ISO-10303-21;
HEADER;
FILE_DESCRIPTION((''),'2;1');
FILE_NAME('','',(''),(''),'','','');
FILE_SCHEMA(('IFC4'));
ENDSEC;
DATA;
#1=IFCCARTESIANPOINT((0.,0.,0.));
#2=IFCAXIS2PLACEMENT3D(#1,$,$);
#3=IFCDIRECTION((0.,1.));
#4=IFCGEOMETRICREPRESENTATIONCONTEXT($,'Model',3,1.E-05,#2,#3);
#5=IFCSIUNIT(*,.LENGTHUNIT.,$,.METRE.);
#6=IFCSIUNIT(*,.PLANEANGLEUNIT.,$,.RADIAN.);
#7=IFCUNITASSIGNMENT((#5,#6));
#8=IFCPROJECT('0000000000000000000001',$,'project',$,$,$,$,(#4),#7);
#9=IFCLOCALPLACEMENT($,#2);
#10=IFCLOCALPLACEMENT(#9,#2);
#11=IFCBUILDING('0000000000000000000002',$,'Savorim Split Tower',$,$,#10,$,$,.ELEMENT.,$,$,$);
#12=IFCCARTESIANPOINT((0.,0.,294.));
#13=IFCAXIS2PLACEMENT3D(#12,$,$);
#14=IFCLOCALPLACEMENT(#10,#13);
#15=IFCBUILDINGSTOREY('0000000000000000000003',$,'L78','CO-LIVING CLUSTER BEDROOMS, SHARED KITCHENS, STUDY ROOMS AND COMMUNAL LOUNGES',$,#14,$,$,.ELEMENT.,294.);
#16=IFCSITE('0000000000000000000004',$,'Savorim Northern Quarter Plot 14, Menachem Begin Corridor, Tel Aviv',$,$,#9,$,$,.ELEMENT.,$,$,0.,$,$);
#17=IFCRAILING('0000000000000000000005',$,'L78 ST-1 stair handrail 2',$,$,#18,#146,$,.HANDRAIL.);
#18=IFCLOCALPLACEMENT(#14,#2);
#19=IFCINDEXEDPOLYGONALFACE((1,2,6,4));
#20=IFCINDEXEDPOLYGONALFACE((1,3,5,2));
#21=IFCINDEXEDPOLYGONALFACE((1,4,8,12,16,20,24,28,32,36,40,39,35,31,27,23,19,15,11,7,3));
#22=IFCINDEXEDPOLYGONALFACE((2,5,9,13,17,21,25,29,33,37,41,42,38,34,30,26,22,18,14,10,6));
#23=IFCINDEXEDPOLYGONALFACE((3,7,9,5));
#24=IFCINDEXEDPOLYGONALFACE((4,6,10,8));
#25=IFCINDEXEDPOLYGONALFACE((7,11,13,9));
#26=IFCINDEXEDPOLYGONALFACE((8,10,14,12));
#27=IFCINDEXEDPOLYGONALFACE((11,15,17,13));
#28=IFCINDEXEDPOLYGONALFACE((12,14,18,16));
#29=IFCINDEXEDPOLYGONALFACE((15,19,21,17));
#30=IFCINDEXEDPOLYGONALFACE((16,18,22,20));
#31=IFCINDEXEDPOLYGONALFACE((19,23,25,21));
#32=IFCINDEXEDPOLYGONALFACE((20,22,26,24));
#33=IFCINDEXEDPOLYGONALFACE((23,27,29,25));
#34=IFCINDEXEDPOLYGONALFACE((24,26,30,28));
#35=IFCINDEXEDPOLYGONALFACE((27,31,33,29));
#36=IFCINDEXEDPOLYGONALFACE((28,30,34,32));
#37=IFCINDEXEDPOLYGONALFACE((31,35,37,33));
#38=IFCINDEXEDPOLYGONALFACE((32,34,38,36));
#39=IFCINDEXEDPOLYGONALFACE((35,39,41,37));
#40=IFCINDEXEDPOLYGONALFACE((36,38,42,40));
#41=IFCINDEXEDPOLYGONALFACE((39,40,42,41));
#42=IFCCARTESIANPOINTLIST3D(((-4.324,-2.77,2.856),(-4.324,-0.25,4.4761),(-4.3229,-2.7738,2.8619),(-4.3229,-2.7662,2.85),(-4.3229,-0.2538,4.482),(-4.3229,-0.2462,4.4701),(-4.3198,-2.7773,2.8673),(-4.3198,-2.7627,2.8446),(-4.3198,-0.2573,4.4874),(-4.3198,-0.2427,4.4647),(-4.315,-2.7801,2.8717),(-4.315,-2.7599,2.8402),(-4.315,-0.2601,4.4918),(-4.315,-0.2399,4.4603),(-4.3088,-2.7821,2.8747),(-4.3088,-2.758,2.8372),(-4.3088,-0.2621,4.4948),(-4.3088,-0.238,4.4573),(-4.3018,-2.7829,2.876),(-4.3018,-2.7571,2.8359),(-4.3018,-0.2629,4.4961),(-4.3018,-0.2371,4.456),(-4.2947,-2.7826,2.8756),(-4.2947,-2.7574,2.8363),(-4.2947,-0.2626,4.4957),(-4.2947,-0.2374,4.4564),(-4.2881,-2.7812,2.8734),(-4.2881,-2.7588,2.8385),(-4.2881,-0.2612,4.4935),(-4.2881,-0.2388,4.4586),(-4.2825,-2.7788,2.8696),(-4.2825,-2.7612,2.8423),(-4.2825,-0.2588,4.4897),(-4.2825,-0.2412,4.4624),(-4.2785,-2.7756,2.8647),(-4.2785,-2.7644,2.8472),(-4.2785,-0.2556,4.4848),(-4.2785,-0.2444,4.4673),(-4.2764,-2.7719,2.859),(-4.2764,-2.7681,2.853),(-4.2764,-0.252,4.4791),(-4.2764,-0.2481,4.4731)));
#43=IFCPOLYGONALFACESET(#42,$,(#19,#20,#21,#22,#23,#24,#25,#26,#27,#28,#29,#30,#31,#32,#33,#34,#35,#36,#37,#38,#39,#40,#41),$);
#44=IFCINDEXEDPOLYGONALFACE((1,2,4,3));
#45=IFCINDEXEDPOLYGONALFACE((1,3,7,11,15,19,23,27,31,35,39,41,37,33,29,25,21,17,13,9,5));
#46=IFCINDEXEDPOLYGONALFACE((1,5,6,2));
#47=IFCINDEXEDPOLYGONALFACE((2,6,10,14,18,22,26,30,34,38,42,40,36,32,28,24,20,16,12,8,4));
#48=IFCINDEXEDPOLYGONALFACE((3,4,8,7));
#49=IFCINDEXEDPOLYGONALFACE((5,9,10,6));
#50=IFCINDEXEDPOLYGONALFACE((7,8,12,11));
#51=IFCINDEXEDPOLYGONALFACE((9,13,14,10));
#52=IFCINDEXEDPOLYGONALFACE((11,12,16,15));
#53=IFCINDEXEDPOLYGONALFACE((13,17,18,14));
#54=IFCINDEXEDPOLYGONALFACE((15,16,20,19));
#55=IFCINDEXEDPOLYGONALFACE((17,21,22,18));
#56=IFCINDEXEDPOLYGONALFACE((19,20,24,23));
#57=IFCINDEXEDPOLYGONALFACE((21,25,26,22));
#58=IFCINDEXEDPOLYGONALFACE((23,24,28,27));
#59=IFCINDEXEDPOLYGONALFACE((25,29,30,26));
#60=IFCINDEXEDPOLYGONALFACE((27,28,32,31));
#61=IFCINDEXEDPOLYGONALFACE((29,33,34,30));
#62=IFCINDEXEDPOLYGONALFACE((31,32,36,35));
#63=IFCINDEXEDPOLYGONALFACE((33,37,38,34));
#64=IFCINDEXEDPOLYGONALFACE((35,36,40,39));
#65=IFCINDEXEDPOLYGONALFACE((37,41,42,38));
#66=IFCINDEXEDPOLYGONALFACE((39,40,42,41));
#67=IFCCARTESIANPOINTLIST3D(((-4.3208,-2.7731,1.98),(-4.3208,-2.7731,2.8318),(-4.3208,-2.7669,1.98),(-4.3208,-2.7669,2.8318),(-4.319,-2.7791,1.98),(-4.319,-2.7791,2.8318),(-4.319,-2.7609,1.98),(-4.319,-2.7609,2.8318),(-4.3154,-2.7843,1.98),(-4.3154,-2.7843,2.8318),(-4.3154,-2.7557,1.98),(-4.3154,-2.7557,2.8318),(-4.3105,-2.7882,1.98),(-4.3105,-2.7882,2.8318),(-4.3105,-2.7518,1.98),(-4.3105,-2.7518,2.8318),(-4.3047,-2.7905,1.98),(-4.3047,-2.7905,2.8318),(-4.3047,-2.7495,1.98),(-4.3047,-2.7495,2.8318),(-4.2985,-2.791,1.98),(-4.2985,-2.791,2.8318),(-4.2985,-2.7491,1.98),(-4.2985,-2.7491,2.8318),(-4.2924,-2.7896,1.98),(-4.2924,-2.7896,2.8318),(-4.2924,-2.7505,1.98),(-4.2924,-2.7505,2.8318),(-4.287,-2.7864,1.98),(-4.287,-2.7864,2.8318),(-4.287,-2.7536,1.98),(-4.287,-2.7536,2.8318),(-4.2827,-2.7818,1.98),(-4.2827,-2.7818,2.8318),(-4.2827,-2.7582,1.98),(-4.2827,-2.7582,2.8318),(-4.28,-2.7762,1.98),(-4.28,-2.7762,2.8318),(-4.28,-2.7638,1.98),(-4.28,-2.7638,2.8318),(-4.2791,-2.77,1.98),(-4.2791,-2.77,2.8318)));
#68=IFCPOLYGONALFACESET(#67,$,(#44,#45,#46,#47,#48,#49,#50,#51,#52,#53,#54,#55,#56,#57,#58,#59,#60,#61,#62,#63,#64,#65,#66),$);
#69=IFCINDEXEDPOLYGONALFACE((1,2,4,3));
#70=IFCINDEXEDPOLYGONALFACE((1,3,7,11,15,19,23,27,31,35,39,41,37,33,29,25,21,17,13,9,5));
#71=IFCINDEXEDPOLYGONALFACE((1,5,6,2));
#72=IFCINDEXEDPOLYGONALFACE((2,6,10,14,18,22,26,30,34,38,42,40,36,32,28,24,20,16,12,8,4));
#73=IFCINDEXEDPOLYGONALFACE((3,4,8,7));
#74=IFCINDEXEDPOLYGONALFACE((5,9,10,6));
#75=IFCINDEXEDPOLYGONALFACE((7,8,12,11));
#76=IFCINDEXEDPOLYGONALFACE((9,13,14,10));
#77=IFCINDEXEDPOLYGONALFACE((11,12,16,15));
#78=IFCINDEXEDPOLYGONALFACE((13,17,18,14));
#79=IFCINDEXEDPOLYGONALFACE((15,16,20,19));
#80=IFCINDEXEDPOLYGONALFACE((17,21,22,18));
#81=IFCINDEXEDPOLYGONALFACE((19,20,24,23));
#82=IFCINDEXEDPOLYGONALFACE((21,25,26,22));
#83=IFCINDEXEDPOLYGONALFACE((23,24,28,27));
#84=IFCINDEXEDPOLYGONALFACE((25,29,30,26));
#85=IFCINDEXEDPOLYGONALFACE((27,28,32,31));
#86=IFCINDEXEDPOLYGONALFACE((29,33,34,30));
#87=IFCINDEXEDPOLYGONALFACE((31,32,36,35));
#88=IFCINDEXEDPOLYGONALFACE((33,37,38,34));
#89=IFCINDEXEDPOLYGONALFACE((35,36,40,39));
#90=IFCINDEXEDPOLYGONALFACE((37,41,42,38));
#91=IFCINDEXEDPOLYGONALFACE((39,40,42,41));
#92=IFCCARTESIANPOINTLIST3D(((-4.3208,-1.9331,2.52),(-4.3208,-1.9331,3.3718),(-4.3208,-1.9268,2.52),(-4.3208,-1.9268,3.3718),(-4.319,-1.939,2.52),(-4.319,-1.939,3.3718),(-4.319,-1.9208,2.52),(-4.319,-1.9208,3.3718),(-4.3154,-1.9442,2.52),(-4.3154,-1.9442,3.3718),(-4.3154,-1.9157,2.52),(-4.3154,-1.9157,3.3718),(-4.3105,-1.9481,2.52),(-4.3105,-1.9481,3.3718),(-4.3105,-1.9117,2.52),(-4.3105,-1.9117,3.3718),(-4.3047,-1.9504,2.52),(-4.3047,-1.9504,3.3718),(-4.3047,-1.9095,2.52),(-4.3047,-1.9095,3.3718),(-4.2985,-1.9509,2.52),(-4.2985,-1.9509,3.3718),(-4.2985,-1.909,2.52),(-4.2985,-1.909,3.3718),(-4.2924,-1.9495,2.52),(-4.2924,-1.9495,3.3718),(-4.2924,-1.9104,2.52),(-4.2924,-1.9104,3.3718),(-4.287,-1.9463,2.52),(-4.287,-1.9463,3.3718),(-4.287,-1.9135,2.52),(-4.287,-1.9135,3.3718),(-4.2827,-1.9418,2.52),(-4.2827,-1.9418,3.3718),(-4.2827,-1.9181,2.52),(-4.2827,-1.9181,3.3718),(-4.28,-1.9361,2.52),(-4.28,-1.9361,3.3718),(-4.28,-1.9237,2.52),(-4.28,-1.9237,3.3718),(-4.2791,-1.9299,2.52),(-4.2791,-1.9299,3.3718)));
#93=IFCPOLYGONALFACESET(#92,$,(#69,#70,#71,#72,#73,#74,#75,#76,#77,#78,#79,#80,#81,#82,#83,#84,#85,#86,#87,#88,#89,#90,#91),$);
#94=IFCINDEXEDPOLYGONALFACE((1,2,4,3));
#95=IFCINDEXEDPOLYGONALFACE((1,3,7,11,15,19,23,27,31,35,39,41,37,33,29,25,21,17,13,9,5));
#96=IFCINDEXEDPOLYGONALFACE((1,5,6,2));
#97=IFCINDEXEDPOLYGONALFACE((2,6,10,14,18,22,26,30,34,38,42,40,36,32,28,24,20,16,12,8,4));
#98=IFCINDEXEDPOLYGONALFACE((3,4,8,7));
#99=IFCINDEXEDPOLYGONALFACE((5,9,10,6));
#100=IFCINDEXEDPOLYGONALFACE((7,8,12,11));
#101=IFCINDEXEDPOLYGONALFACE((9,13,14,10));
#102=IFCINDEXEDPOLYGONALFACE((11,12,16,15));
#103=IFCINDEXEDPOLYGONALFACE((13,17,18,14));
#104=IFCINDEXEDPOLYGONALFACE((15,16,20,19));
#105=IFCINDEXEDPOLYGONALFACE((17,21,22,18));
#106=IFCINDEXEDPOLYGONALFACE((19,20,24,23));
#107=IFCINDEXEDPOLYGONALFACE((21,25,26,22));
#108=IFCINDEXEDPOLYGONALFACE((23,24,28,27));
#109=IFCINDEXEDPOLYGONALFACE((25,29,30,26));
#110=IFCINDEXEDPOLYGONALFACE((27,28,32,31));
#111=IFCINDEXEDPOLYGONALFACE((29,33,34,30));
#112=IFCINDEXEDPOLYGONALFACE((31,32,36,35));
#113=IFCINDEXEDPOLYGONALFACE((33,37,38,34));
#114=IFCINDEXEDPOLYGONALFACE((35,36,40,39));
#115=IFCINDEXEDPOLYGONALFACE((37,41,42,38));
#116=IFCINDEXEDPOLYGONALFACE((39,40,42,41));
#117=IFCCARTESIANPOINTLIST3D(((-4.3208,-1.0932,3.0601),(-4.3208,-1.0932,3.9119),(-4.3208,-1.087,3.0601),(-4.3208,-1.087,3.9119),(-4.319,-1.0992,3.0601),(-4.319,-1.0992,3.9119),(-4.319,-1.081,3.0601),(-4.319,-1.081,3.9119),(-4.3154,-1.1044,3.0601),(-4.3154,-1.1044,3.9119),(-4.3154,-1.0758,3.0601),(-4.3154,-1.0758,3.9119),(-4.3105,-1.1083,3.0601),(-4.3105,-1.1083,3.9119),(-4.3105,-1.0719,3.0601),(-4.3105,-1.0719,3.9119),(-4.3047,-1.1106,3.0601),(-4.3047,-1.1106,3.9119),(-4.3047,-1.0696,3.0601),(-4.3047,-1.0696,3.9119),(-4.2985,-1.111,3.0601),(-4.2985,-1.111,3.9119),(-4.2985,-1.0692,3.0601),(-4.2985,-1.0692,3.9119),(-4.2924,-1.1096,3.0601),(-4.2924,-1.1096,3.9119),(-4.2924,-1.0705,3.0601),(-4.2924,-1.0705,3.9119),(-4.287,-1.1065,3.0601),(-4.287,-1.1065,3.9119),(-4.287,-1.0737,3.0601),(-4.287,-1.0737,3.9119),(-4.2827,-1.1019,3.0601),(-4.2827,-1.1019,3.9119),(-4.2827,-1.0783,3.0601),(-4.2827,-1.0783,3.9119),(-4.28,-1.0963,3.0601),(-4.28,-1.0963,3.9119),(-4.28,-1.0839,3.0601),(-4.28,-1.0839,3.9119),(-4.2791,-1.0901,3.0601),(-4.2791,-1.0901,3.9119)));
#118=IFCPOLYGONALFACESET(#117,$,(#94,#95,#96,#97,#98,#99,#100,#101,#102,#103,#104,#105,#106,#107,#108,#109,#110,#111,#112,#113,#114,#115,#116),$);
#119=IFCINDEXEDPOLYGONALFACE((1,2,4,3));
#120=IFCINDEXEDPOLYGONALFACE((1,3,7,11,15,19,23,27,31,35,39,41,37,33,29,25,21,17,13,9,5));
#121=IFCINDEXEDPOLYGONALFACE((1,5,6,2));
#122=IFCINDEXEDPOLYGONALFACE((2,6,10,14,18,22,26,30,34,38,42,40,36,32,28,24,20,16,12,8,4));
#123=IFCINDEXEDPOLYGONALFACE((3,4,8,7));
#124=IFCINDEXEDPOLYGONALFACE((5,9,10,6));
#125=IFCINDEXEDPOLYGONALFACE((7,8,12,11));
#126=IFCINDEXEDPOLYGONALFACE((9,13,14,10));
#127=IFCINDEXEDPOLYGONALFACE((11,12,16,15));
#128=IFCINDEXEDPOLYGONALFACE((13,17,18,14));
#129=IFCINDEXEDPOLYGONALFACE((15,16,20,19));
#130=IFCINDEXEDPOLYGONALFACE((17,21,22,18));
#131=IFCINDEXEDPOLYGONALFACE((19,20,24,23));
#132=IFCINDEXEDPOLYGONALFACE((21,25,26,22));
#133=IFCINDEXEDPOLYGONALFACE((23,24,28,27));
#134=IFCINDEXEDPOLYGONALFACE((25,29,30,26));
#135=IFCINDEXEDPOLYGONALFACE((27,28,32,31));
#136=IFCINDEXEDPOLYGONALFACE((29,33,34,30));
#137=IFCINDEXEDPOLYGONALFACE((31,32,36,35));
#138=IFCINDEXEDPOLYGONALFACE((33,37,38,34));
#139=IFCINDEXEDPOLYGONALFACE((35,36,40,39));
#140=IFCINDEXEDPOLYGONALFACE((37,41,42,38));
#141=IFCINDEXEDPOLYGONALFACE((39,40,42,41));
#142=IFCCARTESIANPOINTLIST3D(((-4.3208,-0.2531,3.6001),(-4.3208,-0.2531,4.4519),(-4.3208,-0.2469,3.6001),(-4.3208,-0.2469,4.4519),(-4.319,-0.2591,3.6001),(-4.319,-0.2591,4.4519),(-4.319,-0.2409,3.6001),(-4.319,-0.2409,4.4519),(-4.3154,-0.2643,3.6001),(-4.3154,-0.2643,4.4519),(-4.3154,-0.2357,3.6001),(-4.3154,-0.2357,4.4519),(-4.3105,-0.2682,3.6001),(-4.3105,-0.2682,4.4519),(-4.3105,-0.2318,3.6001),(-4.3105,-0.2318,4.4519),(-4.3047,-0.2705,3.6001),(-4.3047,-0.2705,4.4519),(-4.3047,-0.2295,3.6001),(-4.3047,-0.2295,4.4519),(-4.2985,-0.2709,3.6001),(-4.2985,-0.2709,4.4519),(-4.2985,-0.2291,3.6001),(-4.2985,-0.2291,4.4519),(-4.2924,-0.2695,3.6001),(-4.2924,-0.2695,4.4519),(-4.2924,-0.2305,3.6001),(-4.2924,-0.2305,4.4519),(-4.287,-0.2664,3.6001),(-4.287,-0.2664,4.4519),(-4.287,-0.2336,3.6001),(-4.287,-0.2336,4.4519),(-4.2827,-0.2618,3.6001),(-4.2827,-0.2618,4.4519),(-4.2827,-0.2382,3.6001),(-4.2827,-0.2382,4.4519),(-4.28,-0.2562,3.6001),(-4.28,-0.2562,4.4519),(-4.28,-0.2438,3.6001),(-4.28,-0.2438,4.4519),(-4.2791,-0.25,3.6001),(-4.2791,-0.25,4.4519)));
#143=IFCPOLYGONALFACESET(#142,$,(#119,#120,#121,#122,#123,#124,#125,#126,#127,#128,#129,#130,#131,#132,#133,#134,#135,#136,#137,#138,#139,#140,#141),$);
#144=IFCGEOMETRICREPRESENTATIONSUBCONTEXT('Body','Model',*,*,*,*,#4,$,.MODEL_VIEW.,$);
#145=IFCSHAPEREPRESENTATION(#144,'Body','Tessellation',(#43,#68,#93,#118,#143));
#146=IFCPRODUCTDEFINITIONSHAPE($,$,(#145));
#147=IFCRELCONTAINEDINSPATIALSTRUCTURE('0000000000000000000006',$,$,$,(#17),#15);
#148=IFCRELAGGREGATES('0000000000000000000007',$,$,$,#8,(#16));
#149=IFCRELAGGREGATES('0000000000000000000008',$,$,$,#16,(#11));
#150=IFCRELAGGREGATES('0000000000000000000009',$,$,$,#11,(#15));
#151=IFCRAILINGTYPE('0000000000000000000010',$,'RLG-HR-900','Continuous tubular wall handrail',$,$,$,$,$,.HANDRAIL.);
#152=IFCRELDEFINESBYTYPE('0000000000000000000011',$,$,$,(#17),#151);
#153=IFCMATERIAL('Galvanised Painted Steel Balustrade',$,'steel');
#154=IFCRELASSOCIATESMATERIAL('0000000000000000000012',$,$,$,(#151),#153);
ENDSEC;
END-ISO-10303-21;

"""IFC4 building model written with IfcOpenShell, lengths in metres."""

from ifc_helpers import new_model, si_unit, direction, frame, origin, origin_2d, place, context, subcontext, project, spatial, circle, extrude, material, type_object, element, save


model = new_model("IFC4")

# Units and contexts
model_context = context("Model", 3, precision=1e-05, world=origin(), true_north=direction((0.0, 1.0)))
body_context = subcontext(model_context, "Body", "Model", "MODEL_VIEW")
ifc_project = project(units=[si_unit("LENGTHUNIT", "METRE"), si_unit("PLANEANGLEUNIT", "RADIAN")], contexts=[model_context])

# Site, building, storey
site_placement = place(None, origin())
site = spatial("IfcSite", under=ifc_project, at=site_placement, Name="Savorim Northern Quarter Plot 14, Menachem Begin Corridor, Tel Aviv", CompositionType="ELEMENT", RefElevation=0.0)
building_placement = place(site_placement, origin())
building = spatial("IfcBuilding", under=site, at=building_placement, Name="Savorim Split Tower", CompositionType="ELEMENT")
storey_placement = place(building_placement, frame((0.0, 0.0, 294.0)))
storey = spatial("IfcBuildingStorey", under=building, at=storey_placement, Name="L78", Description="CO-LIVING CLUSTER BEDROOMS, SHARED KITCHENS, STUDY ROOMS AND COMMUNAL LOUNGES", CompositionType="ELEMENT", Elevation=294.0)

# Railing
ifc_material_1 = material(Name="Galvanised Painted Steel Balustrade", Category="steel")
railing_type_1 = type_object("IfcRailingType", Name="RLG-HR-900", Description="Continuous tubular wall handrail", PredefinedType="HANDRAIL", material=ifc_material_1)
railing_1_placement = place(storey_placement, frame((-4.3, -2.77, 1.98)))
element("IfcRailing", 1, at=railing_1_placement, inside=storey, type_object=railing_type_1, Name="L78 ST-1 stair handrail 2", PredefinedType="HANDRAIL", context=body_context, shape_type="SweptSolid", body=[
    extrude(circle(Radius=0.0239, at=origin_2d()), frame((0.0, 0.0, 0.876), z_axis=(0.0, 0.841163, 0.540782), x_axis=(-1.0, 0.0, 0.0)), (0.0, 0.0, 1.0), 2.9958),
    extrude(circle(Radius=0.021, at=origin_2d()), origin(), (0.0, 0.0, 1.0), 0.8518),
    extrude(circle(Radius=0.021, at=origin_2d()), frame((0.0, 0.8401, 0.54)), (0.0, 0.0, 1.0), 0.8518),
    extrude(circle(Radius=0.021, at=origin_2d()), frame((0.0, 1.6799, 1.0801)), (0.0, 0.0, 1.0), 0.8518),
    extrude(circle(Radius=0.021, at=origin_2d()), frame((0.0, 2.52, 1.6201)), (0.0, 0.0, 1.0), 0.8518),
])

save(model, "model.ifc")
